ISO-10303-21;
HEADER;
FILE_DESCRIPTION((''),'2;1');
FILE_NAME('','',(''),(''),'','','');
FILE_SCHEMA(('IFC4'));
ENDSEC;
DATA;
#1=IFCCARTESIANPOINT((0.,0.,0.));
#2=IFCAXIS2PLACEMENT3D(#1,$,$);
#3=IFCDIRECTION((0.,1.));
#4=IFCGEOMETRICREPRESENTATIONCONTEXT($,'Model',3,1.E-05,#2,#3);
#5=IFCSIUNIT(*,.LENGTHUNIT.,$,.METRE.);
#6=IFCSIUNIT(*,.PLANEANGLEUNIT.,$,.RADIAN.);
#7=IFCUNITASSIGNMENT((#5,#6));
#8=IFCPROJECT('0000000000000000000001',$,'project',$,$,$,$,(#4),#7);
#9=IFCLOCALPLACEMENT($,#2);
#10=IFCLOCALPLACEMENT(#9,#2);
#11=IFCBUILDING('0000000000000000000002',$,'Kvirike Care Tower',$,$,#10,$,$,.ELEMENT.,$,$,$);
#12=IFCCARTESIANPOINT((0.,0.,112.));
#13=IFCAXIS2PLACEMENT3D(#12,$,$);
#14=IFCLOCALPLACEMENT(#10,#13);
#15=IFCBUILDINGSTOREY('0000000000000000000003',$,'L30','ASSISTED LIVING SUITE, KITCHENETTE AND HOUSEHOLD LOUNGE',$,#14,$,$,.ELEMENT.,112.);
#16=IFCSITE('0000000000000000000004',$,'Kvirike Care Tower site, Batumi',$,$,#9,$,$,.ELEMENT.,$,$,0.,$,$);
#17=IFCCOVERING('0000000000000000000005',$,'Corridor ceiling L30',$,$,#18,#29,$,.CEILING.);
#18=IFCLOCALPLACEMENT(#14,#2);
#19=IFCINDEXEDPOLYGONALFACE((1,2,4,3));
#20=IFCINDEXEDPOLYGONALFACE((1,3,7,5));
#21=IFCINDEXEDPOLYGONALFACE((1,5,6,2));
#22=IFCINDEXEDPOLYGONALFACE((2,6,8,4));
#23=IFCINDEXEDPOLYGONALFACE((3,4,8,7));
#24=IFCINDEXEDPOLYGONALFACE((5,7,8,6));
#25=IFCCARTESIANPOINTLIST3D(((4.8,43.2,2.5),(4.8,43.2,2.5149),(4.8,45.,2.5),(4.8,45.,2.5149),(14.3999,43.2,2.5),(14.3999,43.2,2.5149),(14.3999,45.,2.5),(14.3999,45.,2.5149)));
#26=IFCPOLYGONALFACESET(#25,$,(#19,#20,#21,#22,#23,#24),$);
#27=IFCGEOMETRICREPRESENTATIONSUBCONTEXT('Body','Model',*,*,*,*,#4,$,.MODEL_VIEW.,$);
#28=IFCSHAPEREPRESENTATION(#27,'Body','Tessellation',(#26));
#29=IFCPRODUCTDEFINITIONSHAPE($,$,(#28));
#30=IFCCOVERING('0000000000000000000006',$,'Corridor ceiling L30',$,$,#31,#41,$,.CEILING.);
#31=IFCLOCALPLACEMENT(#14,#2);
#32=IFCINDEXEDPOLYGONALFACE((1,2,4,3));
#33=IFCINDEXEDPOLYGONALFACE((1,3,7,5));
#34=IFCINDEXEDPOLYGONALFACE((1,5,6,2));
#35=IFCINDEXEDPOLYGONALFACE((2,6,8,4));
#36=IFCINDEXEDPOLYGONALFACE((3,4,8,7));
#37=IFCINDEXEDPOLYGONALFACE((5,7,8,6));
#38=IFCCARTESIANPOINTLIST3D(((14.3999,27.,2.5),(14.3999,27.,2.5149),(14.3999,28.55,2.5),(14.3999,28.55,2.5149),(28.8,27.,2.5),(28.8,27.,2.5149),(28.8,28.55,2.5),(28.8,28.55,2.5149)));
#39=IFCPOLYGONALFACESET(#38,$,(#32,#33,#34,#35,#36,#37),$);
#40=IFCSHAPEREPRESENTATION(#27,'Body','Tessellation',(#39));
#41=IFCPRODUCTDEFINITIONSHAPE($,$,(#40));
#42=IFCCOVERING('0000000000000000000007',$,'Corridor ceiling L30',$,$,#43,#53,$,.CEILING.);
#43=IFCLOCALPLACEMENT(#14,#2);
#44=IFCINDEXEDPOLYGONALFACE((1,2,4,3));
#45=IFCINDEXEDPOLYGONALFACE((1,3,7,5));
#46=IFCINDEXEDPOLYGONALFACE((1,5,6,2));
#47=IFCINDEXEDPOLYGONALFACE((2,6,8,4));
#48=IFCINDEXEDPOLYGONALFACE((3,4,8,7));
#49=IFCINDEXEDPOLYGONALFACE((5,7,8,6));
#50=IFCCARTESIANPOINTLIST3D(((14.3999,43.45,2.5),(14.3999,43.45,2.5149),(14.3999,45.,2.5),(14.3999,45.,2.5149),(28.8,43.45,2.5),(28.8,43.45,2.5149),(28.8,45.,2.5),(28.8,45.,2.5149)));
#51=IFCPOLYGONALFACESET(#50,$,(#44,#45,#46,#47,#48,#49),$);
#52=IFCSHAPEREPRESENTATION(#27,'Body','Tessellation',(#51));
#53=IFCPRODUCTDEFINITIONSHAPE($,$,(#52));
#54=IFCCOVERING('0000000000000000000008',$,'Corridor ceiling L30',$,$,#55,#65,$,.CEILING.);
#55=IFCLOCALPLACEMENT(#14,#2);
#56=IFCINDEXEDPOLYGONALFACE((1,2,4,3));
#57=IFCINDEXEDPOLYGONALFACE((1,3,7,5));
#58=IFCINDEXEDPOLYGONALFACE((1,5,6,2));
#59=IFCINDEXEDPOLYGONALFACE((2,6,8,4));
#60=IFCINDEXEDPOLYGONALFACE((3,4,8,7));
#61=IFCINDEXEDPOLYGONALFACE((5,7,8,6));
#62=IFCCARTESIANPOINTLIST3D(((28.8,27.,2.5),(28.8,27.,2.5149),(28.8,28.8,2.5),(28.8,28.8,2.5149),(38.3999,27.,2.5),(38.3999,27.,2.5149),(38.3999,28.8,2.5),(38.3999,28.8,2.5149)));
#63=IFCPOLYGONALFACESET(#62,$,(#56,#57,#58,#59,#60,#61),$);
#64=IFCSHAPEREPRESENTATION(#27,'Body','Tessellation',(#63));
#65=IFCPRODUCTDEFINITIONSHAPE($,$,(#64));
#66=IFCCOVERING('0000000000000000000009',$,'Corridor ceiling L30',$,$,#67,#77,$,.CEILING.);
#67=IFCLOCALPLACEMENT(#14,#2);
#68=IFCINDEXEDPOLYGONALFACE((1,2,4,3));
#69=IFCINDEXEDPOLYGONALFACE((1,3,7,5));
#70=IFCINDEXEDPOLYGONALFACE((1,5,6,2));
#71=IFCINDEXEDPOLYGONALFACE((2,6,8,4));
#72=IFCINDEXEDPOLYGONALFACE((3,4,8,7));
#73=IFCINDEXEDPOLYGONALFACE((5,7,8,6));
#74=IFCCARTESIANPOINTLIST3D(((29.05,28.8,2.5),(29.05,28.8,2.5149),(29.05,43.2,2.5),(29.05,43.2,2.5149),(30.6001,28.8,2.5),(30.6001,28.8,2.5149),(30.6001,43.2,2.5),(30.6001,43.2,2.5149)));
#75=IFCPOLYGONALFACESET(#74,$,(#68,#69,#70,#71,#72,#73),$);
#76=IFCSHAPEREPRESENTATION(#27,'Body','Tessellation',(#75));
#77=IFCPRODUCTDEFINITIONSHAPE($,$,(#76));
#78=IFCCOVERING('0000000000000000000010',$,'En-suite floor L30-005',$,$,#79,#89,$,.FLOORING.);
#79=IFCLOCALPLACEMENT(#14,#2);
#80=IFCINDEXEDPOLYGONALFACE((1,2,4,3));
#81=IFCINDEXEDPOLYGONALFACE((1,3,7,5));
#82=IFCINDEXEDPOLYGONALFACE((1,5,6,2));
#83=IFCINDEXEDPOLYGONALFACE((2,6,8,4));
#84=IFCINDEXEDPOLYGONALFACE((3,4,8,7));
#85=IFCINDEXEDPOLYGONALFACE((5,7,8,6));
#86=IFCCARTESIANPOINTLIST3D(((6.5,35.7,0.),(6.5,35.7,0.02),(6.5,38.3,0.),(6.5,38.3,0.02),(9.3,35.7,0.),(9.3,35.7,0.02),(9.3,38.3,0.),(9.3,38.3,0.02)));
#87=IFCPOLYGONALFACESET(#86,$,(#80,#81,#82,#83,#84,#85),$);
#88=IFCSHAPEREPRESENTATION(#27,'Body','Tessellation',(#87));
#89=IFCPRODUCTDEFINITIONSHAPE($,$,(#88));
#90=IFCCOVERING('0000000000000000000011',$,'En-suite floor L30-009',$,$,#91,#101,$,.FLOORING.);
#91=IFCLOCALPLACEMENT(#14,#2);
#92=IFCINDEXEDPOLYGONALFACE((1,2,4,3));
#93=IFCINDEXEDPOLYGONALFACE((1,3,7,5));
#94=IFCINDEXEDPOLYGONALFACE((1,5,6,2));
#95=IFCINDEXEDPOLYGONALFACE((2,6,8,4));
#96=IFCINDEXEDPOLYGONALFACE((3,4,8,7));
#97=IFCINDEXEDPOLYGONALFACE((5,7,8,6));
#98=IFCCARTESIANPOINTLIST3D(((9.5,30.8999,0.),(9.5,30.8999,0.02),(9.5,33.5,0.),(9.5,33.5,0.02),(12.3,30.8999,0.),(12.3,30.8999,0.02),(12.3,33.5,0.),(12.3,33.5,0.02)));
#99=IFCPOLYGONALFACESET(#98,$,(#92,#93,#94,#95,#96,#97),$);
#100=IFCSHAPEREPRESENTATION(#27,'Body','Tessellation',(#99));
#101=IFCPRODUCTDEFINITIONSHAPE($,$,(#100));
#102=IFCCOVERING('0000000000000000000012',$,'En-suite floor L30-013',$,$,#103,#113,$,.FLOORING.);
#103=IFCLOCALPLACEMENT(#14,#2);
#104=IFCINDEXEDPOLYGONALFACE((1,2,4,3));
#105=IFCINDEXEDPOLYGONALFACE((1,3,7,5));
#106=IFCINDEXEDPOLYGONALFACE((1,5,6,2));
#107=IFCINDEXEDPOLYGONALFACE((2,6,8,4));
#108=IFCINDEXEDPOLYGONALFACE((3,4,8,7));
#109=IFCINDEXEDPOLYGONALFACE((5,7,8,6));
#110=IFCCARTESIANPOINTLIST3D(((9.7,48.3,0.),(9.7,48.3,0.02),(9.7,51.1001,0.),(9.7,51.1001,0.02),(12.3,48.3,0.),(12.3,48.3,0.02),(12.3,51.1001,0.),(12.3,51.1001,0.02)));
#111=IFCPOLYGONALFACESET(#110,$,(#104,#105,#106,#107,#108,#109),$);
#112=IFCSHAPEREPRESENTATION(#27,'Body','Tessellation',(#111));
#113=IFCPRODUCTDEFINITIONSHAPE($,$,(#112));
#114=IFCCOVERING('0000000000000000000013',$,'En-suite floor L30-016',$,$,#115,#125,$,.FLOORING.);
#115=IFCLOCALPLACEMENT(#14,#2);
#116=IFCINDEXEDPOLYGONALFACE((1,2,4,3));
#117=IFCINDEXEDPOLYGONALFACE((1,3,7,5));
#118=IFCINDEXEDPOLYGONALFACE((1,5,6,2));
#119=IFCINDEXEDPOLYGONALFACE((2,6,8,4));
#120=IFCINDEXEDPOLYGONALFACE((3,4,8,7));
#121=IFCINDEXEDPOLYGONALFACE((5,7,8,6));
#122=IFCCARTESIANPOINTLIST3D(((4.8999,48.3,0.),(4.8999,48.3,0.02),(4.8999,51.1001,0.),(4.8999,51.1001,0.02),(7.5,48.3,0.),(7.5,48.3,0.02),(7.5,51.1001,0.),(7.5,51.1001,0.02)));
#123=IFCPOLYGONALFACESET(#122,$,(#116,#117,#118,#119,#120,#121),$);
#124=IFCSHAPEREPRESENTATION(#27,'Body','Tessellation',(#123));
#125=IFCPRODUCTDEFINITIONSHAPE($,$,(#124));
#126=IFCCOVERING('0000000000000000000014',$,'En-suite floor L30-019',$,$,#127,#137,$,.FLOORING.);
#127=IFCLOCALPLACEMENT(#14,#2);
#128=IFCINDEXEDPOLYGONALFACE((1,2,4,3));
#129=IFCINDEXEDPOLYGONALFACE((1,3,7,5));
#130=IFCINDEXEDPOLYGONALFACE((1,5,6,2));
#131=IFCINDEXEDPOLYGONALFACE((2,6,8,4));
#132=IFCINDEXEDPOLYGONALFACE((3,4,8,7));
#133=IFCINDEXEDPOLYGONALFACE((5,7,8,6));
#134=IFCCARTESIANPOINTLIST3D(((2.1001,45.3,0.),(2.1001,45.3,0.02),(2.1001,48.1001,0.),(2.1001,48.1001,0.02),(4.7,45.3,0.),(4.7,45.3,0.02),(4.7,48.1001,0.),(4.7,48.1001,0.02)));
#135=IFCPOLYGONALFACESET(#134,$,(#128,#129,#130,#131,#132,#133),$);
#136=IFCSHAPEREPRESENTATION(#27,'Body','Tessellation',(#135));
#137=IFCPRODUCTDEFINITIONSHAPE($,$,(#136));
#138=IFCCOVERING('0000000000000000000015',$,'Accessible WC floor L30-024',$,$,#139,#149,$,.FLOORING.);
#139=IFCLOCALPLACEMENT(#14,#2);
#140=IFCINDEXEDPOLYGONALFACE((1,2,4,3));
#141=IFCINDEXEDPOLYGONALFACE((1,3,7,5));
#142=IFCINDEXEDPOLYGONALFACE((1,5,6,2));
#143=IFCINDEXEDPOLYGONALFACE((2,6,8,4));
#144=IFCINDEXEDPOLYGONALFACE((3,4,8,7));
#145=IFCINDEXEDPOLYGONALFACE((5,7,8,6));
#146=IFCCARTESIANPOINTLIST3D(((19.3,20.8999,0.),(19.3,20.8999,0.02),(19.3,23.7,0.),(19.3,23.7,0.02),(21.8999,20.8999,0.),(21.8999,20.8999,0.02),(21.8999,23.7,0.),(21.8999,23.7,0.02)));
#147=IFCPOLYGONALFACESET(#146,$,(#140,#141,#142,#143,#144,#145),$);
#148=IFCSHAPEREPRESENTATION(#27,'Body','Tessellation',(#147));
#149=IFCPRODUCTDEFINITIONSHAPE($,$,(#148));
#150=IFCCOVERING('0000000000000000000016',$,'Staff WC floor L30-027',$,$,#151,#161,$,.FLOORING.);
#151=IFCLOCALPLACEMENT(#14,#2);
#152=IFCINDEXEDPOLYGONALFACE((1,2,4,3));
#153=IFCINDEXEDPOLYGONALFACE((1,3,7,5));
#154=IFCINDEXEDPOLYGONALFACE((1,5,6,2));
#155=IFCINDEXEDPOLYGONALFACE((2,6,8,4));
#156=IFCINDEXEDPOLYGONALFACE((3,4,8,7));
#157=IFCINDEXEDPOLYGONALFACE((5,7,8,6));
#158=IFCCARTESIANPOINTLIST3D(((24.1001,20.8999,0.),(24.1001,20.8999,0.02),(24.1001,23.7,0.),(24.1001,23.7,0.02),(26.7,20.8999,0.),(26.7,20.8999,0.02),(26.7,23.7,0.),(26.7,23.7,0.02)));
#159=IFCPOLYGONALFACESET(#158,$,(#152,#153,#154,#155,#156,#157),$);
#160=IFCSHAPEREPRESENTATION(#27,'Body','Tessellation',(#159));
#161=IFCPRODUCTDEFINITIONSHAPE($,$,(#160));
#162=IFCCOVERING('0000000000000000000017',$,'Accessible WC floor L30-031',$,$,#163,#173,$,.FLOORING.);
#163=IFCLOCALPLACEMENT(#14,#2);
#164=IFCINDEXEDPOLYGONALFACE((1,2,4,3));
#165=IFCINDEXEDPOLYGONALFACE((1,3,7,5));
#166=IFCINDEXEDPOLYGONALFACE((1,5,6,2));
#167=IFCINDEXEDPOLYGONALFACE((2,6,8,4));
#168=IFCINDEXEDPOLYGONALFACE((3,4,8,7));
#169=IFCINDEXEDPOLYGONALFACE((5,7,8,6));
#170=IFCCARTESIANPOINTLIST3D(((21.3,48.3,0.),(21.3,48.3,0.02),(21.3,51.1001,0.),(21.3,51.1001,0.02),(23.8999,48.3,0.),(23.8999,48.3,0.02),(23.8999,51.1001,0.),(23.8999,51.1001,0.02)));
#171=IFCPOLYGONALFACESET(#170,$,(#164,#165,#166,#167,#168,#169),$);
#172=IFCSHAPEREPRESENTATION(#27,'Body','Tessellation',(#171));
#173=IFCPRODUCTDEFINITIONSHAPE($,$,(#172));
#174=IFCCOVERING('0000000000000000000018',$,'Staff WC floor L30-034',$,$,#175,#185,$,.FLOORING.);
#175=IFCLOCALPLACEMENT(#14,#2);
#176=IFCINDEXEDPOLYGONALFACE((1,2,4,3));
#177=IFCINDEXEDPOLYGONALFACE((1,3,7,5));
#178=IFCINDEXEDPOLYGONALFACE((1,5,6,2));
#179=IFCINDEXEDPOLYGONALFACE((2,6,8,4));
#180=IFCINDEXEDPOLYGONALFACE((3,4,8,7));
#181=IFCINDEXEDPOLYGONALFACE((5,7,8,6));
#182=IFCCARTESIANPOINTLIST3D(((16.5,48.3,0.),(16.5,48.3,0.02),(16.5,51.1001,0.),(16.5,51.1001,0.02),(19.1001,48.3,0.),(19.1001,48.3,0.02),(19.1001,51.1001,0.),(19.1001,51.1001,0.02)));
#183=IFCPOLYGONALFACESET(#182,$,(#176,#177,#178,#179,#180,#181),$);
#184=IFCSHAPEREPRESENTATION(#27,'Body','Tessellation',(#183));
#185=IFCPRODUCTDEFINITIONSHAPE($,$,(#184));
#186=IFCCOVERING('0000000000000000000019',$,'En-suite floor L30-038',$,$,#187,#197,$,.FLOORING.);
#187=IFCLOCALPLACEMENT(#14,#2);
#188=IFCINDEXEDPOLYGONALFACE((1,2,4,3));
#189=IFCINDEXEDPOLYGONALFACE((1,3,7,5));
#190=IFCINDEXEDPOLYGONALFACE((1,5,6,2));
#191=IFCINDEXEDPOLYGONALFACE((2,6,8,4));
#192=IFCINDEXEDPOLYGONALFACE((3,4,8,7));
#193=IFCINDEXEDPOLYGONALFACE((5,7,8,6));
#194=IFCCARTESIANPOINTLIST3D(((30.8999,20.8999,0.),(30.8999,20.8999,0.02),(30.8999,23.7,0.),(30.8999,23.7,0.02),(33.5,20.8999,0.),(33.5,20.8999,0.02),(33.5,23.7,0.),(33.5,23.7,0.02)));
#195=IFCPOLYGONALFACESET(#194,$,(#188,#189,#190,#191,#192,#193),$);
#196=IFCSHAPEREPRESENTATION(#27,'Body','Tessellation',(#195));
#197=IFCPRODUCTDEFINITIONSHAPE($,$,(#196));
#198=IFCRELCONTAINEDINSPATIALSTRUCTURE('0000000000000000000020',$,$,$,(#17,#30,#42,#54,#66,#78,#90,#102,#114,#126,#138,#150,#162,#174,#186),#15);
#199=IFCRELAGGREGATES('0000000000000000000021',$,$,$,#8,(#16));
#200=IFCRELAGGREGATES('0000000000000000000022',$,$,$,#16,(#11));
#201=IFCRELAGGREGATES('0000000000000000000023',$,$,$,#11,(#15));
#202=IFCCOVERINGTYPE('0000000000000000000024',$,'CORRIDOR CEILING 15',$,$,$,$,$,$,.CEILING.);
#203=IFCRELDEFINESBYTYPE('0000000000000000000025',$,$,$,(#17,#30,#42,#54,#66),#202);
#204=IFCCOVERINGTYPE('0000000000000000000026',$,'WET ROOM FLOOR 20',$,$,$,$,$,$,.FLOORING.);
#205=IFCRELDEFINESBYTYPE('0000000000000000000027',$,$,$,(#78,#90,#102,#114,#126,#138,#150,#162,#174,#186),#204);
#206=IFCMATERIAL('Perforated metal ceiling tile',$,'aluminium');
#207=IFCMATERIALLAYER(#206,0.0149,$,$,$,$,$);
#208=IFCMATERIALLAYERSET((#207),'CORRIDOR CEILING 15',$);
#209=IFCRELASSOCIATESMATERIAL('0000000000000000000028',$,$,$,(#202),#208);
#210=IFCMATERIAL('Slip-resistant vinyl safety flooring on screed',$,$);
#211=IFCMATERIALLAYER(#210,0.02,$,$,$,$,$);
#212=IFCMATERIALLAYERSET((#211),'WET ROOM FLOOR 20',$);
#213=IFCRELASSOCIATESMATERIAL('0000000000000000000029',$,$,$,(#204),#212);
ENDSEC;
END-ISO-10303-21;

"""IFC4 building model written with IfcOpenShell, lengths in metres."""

from ifc_helpers import new_model, si_unit, direction, frame, origin, place, context, subcontext, project, spatial, polyline, outline, extrude, material, layer, layer_set, type_object, element, save


model = new_model("IFC4")

# Units and contexts
model_context = context("Model", 3, precision=1e-05, world=origin(), true_north=direction((0.0, 1.0)))
body_context = subcontext(model_context, "Body", "Model", "MODEL_VIEW")
ifc_project = project(units=[si_unit("LENGTHUNIT", "METRE"), si_unit("PLANEANGLEUNIT", "RADIAN")], contexts=[model_context])

# Site, building, storey
site_placement = place(None, origin())
site = spatial("IfcSite", under=ifc_project, at=site_placement, Name="Kvirike Care Tower site, Batumi", CompositionType="ELEMENT", RefElevation=0.0)
building_placement = place(site_placement, origin())
building = spatial("IfcBuilding", under=site, at=building_placement, Name="Kvirike Care Tower", CompositionType="ELEMENT")
storey_placement = place(building_placement, frame((0.0, 0.0, 112.0)))
storey = spatial("IfcBuildingStorey", under=building, at=storey_placement, Name="L30", Description="ASSISTED LIVING SUITE, KITCHENETTE AND HOUSEHOLD LOUNGE", CompositionType="ELEMENT", Elevation=112.0)

# Coverings
ifc_material_1 = material(Name="Perforated metal ceiling tile", Category="aluminium")
ifc_layer_1 = layer(ifc_material_1, 0.0149)
ifc_layer_set_1 = layer_set([ifc_layer_1], Name="CORRIDOR CEILING 15")
covering_type_1 = type_object("IfcCoveringType", Name="CORRIDOR CEILING 15", PredefinedType="CEILING", material=ifc_layer_set_1)
covering_1_placement = place(storey_placement, frame((0.0, 0.0, 2.5)))
element("IfcCovering", 1, at=covering_1_placement, inside=storey, type_object=covering_type_1, Name="Corridor ceiling L30", PredefinedType="CEILING", context=body_context, shape_type="SweptSolid", body=[
    extrude(outline(polyline([(14.3999, 45.0), (14.3999, 43.2), (4.8, 43.2), (4.8, 45.0), (14.3999, 45.0)])), origin(), (0.0, 0.0, 1.0), 0.0149),
])
covering_2_placement = place(storey_placement, frame((0.0, 0.0, 2.5)))
element("IfcCovering", 2, at=covering_2_placement, inside=storey, type_object=covering_type_1, Name="Corridor ceiling L30", PredefinedType="CEILING", context=body_context, shape_type="SweptSolid", body=[
    extrude(outline(polyline([(14.3999, 27.0), (14.3999, 28.55), (28.8, 28.55), (28.8, 27.0), (14.3999, 27.0)])), origin(), (0.0, 0.0, 1.0), 0.0149),
])
covering_3_placement = place(storey_placement, frame((0.0, 0.0, 2.5)))
element("IfcCovering", 3, at=covering_3_placement, inside=storey, type_object=covering_type_1, Name="Corridor ceiling L30", PredefinedType="CEILING", context=body_context, shape_type="SweptSolid", body=[
    extrude(outline(polyline([(28.8, 45.0), (28.8, 43.45), (14.3999, 43.45), (14.3999, 45.0), (28.8, 45.0)])), origin(), (0.0, 0.0, 1.0), 0.0149),
])
covering_4_placement = place(storey_placement, frame((0.0, 0.0, 2.5)))
element("IfcCovering", 4, at=covering_4_placement, inside=storey, type_object=covering_type_1, Name="Corridor ceiling L30", PredefinedType="CEILING", context=body_context, shape_type="SweptSolid", body=[
    extrude(outline(polyline([(28.8, 27.0), (28.8, 28.8), (38.3999, 28.8), (38.3999, 27.0), (28.8, 27.0)])), origin(), (0.0, 0.0, 1.0), 0.0149),
])
covering_5_placement = place(storey_placement, frame((0.0, 0.0, 2.5)))
element("IfcCovering", 5, at=covering_5_placement, inside=storey, type_object=covering_type_1, Name="Corridor ceiling L30", PredefinedType="CEILING", context=body_context, shape_type="SweptSolid", body=[
    extrude(outline(polyline([(30.6001, 28.8), (29.05, 28.8), (29.05, 43.2), (30.6001, 43.2), (30.6001, 28.8)])), origin(), (0.0, 0.0, 1.0), 0.0149),
])
ifc_material_2 = material(Name="Slip-resistant vinyl safety flooring on screed")
ifc_layer_2 = layer(ifc_material_2, 0.02)
ifc_layer_set_2 = layer_set([ifc_layer_2], Name="WET ROOM FLOOR 20")
covering_type_2 = type_object("IfcCoveringType", Name="WET ROOM FLOOR 20", PredefinedType="FLOORING", material=ifc_layer_set_2)
covering_6_placement = place(storey_placement, origin())
element("IfcCovering", 6, at=covering_6_placement, inside=storey, type_object=covering_type_2, Name="En-suite floor L30-005", PredefinedType="FLOORING", context=body_context, shape_type="SweptSolid", body=[
    extrude(outline(polyline([(6.5, 38.3), (9.3, 38.3), (9.3, 35.7), (6.5, 35.7), (6.5, 38.3)])), origin(), (0.0, 0.0, 1.0), 0.02),
])
covering_7_placement = place(storey_placement, origin())
element("IfcCovering", 7, at=covering_7_placement, inside=storey, type_object=covering_type_2, Name="En-suite floor L30-009", PredefinedType="FLOORING", context=body_context, shape_type="SweptSolid", body=[
    extrude(outline(polyline([(9.5, 33.5), (12.3, 33.5), (12.3, 30.8999), (9.5, 30.8999), (9.5, 33.5)])), origin(), (0.0, 0.0, 1.0), 0.02),
])
covering_8_placement = place(storey_placement, origin())
element("IfcCovering", 8, at=covering_8_placement, inside=storey, type_object=covering_type_2, Name="En-suite floor L30-013", PredefinedType="FLOORING", context=body_context, shape_type="SweptSolid", body=[
    extrude(outline(polyline([(12.3, 51.1001), (12.3, 48.3), (9.7, 48.3), (9.7, 51.1001), (12.3, 51.1001)])), origin(), (0.0, 0.0, 1.0), 0.02),
])
covering_9_placement = place(storey_placement, origin())
element("IfcCovering", 9, at=covering_9_placement, inside=storey, type_object=covering_type_2, Name="En-suite floor L30-016", PredefinedType="FLOORING", context=body_context, shape_type="SweptSolid", body=[
    extrude(outline(polyline([(7.5, 51.1001), (7.5, 48.3), (4.8999, 48.3), (4.8999, 51.1001), (7.5, 51.1001)])), origin(), (0.0, 0.0, 1.0), 0.02),
])
covering_10_placement = place(storey_placement, origin())
element("IfcCovering", 10, at=covering_10_placement, inside=storey, type_object=covering_type_2, Name="En-suite floor L30-019", PredefinedType="FLOORING", context=body_context, shape_type="SweptSolid", body=[
    extrude(outline(polyline([(4.7, 48.1001), (4.7, 45.3), (2.1001, 45.3), (2.1001, 48.1001), (4.7, 48.1001)])), origin(), (0.0, 0.0, 1.0), 0.02),
])
covering_11_placement = place(storey_placement, origin())
element("IfcCovering", 11, at=covering_11_placement, inside=storey, type_object=covering_type_2, Name="Accessible WC floor L30-024", PredefinedType="FLOORING", context=body_context, shape_type="SweptSolid", body=[
    extrude(outline(polyline([(19.3, 20.8999), (19.3, 23.7), (21.8999, 23.7), (21.8999, 20.8999), (19.3, 20.8999)])), origin(), (0.0, 0.0, 1.0), 0.02),
])
covering_12_placement = place(storey_placement, origin())
element("IfcCovering", 12, at=covering_12_placement, inside=storey, type_object=covering_type_2, Name="Staff WC floor L30-027", PredefinedType="FLOORING", context=body_context, shape_type="SweptSolid", body=[
    extrude(outline(polyline([(24.1001, 20.8999), (24.1001, 23.7), (26.7, 23.7), (26.7, 20.8999), (24.1001, 20.8999)])), origin(), (0.0, 0.0, 1.0), 0.02),
])
covering_13_placement = place(storey_placement, origin())
element("IfcCovering", 13, at=covering_13_placement, inside=storey, type_object=covering_type_2, Name="Accessible WC floor L30-031", PredefinedType="FLOORING", context=body_context, shape_type="SweptSolid", body=[
    extrude(outline(polyline([(23.8999, 51.1001), (23.8999, 48.3), (21.3, 48.3), (21.3, 51.1001), (23.8999, 51.1001)])), origin(), (0.0, 0.0, 1.0), 0.02),
])
covering_14_placement = place(storey_placement, origin())
element("IfcCovering", 14, at=covering_14_placement, inside=storey, type_object=covering_type_2, Name="Staff WC floor L30-034", PredefinedType="FLOORING", context=body_context, shape_type="SweptSolid", body=[
    extrude(outline(polyline([(19.1001, 51.1001), (19.1001, 48.3), (16.5, 48.3), (16.5, 51.1001), (19.1001, 51.1001)])), origin(), (0.0, 0.0, 1.0), 0.02),
])
covering_15_placement = place(storey_placement, origin())
element("IfcCovering", 15, at=covering_15_placement, inside=storey, type_object=covering_type_2, Name="En-suite floor L30-038", PredefinedType="FLOORING", context=body_context, shape_type="SweptSolid", body=[
    extrude(outline(polyline([(30.8999, 20.8999), (30.8999, 23.7), (33.5, 23.7), (33.5, 20.8999), (30.8999, 20.8999)])), origin(), (0.0, 0.0, 1.0), 0.02),
])

save(model, "model.ifc")
